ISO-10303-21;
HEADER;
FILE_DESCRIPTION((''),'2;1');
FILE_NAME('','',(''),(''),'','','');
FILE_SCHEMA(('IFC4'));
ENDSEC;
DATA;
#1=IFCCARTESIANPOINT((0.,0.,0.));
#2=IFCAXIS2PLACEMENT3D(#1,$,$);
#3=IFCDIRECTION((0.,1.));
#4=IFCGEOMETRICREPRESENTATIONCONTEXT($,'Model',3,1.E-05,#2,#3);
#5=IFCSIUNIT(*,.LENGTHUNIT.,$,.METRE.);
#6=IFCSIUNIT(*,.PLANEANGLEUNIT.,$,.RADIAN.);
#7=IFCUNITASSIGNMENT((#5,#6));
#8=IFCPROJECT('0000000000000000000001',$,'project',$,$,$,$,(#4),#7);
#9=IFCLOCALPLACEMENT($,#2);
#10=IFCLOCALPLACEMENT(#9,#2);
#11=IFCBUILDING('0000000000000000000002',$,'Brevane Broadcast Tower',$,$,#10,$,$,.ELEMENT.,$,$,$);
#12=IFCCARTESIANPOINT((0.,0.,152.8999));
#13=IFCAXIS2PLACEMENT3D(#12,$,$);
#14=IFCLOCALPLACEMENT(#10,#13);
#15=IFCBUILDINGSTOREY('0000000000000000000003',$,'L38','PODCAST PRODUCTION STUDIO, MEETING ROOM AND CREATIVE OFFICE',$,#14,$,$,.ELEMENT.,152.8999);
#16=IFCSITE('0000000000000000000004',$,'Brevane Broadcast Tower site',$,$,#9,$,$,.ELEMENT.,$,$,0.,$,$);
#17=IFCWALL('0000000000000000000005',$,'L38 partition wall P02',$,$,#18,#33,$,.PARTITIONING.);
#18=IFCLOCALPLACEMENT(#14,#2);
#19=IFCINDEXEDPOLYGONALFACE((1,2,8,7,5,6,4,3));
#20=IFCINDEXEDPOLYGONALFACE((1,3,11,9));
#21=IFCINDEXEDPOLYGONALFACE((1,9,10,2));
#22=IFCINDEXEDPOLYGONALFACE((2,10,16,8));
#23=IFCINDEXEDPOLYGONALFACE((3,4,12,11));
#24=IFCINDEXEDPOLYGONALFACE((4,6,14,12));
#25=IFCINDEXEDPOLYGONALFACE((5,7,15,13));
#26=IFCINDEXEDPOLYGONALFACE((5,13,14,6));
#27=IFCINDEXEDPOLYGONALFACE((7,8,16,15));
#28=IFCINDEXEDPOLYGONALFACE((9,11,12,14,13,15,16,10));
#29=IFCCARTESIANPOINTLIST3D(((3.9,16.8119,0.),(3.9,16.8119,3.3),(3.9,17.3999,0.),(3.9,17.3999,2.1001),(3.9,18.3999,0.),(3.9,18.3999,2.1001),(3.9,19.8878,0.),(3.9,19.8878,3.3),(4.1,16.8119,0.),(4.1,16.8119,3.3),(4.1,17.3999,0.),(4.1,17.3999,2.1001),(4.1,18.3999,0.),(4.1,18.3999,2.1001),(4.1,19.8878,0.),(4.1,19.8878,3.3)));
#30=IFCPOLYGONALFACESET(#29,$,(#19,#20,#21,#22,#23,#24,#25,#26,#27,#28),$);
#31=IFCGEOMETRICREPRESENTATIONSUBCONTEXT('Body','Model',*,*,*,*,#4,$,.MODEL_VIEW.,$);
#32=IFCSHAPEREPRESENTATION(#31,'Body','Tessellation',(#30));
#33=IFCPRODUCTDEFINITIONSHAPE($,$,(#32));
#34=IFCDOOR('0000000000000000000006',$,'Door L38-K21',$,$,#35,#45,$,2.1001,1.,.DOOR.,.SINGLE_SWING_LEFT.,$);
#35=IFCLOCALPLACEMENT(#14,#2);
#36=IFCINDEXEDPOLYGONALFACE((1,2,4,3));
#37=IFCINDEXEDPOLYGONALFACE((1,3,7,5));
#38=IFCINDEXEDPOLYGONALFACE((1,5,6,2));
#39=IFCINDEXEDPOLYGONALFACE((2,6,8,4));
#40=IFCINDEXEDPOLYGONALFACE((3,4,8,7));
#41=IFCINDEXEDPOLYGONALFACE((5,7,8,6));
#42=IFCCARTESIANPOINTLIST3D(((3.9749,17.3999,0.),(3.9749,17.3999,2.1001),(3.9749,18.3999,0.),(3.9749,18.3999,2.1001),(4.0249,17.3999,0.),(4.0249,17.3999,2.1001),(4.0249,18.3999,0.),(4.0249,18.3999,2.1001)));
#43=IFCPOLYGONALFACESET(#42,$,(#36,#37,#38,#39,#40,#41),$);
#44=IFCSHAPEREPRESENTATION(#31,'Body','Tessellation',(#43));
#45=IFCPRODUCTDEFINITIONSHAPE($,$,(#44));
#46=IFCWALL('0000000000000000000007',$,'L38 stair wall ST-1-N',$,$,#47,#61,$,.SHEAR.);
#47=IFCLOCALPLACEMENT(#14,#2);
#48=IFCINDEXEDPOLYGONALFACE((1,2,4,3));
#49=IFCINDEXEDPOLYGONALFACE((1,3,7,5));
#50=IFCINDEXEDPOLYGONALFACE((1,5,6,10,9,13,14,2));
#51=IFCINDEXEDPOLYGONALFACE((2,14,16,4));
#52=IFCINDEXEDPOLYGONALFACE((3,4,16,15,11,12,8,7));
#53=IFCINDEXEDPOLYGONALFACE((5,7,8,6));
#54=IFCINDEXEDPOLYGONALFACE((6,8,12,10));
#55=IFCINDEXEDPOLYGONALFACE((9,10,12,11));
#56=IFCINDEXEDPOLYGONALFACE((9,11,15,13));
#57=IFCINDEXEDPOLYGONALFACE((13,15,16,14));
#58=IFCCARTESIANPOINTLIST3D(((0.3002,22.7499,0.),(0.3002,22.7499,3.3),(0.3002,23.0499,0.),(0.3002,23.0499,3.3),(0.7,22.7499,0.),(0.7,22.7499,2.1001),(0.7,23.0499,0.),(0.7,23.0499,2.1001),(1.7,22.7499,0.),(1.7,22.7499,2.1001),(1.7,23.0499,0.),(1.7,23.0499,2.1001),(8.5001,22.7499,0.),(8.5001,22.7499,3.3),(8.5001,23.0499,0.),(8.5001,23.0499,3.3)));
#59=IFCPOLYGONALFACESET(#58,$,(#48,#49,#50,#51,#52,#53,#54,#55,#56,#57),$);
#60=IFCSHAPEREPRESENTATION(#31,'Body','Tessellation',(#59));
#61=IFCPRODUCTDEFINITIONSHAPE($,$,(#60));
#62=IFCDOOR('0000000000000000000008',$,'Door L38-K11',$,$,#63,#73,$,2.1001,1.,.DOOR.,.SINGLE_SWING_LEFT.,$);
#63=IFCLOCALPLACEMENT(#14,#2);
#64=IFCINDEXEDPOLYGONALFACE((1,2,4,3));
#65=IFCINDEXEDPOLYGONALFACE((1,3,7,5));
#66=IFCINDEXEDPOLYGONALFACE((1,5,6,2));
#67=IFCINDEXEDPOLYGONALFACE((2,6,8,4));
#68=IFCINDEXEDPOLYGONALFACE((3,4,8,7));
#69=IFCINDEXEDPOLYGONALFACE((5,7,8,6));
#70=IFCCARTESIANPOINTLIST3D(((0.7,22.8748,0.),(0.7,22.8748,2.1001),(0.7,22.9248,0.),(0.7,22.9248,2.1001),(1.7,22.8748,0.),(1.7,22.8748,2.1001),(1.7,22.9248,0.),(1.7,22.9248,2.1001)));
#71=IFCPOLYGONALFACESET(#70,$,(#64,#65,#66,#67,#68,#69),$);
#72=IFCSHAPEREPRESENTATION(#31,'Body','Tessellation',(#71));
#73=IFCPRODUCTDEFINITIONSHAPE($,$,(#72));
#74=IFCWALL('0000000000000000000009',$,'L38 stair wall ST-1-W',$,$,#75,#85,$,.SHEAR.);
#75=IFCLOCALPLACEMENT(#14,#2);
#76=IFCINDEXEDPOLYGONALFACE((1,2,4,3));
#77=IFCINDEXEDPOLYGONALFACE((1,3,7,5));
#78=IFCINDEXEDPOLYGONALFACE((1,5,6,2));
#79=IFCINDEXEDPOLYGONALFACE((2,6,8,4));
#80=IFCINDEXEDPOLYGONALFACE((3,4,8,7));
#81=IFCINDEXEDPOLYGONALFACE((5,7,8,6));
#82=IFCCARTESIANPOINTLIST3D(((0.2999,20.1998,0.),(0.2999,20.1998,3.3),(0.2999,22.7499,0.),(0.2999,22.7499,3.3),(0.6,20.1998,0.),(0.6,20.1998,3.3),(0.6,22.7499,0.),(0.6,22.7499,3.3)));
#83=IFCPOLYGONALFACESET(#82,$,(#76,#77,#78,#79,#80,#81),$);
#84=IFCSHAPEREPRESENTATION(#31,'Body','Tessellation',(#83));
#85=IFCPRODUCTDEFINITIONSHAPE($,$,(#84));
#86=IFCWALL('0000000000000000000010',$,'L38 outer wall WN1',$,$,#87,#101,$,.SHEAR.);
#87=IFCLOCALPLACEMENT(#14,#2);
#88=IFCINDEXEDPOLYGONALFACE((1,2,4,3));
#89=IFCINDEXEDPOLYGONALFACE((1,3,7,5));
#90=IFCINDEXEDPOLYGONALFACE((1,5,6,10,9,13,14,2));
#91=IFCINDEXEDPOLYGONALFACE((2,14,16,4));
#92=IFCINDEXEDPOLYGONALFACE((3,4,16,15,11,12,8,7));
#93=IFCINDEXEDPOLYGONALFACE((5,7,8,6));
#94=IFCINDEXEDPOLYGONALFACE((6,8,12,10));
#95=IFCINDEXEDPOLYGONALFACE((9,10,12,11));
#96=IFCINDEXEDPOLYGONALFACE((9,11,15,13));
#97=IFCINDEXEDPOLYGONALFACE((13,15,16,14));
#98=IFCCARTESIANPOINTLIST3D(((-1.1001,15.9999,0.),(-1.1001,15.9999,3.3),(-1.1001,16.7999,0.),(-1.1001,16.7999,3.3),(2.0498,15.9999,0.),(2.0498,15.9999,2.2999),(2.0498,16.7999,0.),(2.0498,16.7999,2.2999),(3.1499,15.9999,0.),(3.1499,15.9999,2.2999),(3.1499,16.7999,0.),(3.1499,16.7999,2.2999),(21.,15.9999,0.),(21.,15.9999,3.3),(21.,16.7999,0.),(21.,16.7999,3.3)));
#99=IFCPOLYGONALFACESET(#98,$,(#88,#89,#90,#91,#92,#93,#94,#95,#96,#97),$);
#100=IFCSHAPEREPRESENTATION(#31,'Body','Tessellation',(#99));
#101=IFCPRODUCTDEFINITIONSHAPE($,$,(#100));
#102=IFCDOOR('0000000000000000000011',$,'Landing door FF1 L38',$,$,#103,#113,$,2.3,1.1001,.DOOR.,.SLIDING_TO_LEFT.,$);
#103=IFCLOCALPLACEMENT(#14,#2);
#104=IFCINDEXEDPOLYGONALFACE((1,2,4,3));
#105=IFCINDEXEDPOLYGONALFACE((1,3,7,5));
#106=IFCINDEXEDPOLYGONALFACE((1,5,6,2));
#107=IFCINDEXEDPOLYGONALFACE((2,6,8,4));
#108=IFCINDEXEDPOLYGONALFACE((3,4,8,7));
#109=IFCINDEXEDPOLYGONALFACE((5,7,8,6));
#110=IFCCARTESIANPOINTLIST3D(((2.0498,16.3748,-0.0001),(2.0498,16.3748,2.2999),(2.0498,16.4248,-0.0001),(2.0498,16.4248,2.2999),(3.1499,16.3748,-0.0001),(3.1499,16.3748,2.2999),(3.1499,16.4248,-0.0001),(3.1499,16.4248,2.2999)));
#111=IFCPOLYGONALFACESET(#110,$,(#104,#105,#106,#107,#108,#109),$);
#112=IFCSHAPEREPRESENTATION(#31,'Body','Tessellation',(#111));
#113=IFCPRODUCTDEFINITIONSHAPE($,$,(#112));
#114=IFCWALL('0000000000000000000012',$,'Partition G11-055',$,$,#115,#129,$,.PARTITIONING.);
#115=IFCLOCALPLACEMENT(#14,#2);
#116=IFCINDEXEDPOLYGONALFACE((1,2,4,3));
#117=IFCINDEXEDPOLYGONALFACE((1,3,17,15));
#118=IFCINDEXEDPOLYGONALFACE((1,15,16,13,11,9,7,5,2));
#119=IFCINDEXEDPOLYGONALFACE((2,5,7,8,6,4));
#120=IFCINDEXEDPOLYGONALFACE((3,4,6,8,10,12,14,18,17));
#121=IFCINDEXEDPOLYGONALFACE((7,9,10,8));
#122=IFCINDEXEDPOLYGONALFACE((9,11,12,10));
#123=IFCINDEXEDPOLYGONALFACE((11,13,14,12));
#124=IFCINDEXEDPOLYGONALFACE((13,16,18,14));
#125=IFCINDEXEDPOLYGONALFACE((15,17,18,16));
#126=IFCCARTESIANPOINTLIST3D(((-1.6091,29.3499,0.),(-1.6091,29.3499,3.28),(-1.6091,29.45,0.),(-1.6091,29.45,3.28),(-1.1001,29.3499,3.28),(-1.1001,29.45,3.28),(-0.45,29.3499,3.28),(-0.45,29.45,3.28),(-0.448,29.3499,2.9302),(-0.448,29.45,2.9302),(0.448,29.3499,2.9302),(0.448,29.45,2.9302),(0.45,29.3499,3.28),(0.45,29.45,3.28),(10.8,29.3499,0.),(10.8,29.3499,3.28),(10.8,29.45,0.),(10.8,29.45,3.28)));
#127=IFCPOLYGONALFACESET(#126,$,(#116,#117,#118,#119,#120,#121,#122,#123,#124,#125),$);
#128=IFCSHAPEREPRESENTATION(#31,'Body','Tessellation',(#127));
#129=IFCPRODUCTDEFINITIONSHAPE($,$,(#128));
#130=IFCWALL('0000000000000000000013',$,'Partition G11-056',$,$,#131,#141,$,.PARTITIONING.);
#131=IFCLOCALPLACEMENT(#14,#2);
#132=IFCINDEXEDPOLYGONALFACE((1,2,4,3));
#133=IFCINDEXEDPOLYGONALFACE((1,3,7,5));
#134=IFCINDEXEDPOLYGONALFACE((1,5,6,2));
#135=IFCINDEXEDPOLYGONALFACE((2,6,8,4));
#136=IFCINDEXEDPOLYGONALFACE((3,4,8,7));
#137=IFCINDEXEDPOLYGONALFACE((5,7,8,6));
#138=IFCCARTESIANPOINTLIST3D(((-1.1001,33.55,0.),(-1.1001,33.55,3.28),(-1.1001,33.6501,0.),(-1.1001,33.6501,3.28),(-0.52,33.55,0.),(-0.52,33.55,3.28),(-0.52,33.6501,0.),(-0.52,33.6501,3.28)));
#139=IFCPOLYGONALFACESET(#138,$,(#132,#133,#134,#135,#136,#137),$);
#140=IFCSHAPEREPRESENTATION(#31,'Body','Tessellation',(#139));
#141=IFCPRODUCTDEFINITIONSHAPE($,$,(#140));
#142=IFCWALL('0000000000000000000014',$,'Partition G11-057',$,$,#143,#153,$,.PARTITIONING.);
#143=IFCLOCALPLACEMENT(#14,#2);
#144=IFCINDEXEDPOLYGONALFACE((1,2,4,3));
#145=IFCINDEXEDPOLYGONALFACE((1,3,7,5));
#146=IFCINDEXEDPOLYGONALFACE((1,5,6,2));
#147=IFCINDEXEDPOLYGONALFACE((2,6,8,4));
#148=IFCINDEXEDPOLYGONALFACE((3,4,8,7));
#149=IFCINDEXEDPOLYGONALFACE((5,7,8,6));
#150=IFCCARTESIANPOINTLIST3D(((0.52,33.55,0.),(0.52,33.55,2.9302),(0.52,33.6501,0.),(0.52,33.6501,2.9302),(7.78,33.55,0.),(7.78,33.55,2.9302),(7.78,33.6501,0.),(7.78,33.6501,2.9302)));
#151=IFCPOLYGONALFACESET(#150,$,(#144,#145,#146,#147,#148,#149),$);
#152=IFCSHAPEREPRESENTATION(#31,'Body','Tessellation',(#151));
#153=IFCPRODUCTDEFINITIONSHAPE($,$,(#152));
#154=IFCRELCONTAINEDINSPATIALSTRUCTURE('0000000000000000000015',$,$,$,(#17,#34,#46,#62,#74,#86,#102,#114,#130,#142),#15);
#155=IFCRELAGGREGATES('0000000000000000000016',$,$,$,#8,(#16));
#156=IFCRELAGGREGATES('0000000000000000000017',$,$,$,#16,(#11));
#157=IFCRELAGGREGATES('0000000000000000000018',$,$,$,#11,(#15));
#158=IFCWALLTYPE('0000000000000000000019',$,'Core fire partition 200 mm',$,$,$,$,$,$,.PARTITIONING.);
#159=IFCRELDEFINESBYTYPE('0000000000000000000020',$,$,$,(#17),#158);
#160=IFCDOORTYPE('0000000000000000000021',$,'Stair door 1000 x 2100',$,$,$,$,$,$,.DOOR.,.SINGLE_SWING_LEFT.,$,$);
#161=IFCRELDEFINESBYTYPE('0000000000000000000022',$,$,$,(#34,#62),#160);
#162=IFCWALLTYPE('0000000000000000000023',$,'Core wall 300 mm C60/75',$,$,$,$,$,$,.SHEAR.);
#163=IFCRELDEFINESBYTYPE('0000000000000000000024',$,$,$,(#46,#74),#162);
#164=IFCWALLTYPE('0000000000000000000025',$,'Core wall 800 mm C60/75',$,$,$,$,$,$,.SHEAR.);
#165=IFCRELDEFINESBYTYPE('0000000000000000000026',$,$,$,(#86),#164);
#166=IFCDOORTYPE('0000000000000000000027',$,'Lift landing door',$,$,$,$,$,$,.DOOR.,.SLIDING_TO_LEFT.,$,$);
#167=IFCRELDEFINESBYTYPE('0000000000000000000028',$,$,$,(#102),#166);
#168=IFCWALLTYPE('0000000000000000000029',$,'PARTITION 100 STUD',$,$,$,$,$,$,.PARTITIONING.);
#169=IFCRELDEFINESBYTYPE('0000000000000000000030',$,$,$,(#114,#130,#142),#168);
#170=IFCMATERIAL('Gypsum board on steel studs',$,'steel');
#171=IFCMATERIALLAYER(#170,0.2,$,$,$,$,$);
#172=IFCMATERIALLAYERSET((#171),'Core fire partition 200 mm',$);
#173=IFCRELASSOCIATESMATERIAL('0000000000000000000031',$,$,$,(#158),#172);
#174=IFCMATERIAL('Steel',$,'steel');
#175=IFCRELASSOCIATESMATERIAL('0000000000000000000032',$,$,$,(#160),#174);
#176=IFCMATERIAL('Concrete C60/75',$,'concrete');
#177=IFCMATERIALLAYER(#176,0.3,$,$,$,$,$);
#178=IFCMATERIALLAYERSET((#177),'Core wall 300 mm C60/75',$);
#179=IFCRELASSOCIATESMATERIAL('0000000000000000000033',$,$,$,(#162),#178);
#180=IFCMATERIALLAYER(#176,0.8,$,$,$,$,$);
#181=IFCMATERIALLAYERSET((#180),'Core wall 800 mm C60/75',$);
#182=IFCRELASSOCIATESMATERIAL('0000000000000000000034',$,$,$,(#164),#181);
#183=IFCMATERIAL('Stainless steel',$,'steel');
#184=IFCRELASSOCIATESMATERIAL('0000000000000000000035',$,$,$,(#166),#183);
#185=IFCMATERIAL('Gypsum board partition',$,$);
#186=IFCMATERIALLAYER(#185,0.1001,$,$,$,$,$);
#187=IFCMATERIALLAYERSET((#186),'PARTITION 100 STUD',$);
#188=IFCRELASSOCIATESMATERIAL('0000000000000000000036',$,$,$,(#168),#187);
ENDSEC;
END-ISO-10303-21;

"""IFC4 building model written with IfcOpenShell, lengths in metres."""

from ifc_helpers import new_model, si_unit, direction, frame, frame_2d, origin, place, context, subcontext, project, spatial, polyline, rectangle, outline, extrude, material, layer, layer_set, type_object, element, fill, save


model = new_model("IFC4")

# Units and contexts
model_context = context("Model", 3, precision=1e-05, world=origin(), true_north=direction((0.0, 1.0)))
body_context = subcontext(model_context, "Body", "Model", "MODEL_VIEW")
ifc_project = project(units=[si_unit("LENGTHUNIT", "METRE"), si_unit("PLANEANGLEUNIT", "RADIAN")], contexts=[model_context])

# Site, building, storey
site_placement = place(None, origin())
site = spatial("IfcSite", under=ifc_project, at=site_placement, Name="Brevane Broadcast Tower site", CompositionType="ELEMENT", RefElevation=0.0)
building_placement = place(site_placement, origin())
building = spatial("IfcBuilding", under=site, at=building_placement, Name="Brevane Broadcast Tower", CompositionType="ELEMENT")
storey_placement = place(building_placement, frame((0.0, 0.0, 152.8999)))
storey = spatial("IfcBuildingStorey", under=building, at=storey_placement, Name="L38", Description="PODCAST PRODUCTION STUDIO, MEETING ROOM AND CREATIVE OFFICE", CompositionType="ELEMENT", Elevation=152.8999)

# Shared definitions
ifc_material_1 = material(Name="Concrete C60/75", Category="concrete")

# Shared definitions
ifc_material_2 = material(Name="Gypsum board on steel studs", Category="steel")
ifc_layer_1 = layer(ifc_material_2, 0.2)
ifc_layer_set_1 = layer_set([ifc_layer_1], Name="Core fire partition 200 mm")
wall_type_1 = type_object("IfcWallType", Name="Core fire partition 200 mm", PredefinedType="PARTITIONING", material=ifc_layer_set_1)

# Walls, openings, doors
wall_1_placement = place(storey_placement, frame((4.0, 19.8879, 0.0), z_axis=(0.0, 0.0, 1.0), x_axis=(0.0, -1.0, 0.0)))
wall_1 = element("IfcWall", 1, at=wall_1_placement, inside=storey, type_object=wall_type_1, Name="L38 partition wall P02", PredefinedType="PARTITIONING", context=body_context, shape_type="SweptSolid", body=[
    extrude(rectangle(XDim=3.0759, YDim=0.2, at=frame_2d((1.5381, 0.0))), origin(), (0.0, 0.0, 1.0), 3.3),
])
opening_1_placement = place(wall_1_placement, frame((1.488, 0.0, 0.0)))
opening_1 = element("IfcOpeningElement", 2, at=opening_1_placement, cuts=wall_1, PredefinedType="OPENING", context=body_context, shape_type="SweptSolid", body=[
    extrude(rectangle(XDim=1.0, YDim=2.1001, at=frame_2d((0.5, 1.05))), frame((0.0, 0.1099, 0.0), z_axis=(0.0, -1.0, 0.0), x_axis=(1.0, 0.0, 0.0)), (0.0, 0.0, 1.0), 0.22),
])
ifc_material_3 = material(Name="Steel", Category="steel")
door_type_1 = type_object("IfcDoorType", Name="Stair door 1000 x 2100", OperationType="SINGLE_SWING_LEFT", PredefinedType="DOOR", material=ifc_material_3)
door_1_placement = place(opening_1_placement, origin())
door_1 = element("IfcDoor", 3, at=door_1_placement, inside=storey, type_object=door_type_1, Name="Door L38-K21", OperationType="SINGLE_SWING_LEFT", OverallHeight=2.1001, OverallWidth=1.0, PredefinedType="DOOR", context=body_context, shape_type="SweptSolid", body=[
    extrude(rectangle(XDim=1.0, YDim=2.1001, at=frame_2d((0.5, 1.05))), frame((0.0, 0.0249, 0.0), z_axis=(0.0, -1.0, 0.0), x_axis=(1.0, 0.0, 0.0)), (0.0, 0.0, 1.0), 0.05),
])
fill(opening_1, door_1)
ifc_layer_2 = layer(ifc_material_1, 0.3)
ifc_layer_set_2 = layer_set([ifc_layer_2], Name="Core wall 300 mm C60/75")
wall_type_2 = type_object("IfcWallType", Name="Core wall 300 mm C60/75", PredefinedType="SHEAR", material=ifc_layer_set_2)
wall_2_placement = place(storey_placement, frame((0.3, 22.8999, 0.0), z_axis=(0.0, 0.0, 1.0), x_axis=(1.0, 0.0, 0.0)))
wall_2 = element("IfcWall", 4, at=wall_2_placement, inside=storey, type_object=wall_type_2, Name="L38 stair wall ST-1-N", PredefinedType="SHEAR", context=body_context, shape_type="SweptSolid", body=[
    extrude(rectangle(XDim=8.2, YDim=0.3, at=frame_2d((4.1001, 0.0))), origin(), (0.0, 0.0, 1.0), 3.3),
])
opening_2_placement = place(wall_2_placement, frame((0.3999, 0.0, 0.0)))
opening_2 = element("IfcOpeningElement", 5, at=opening_2_placement, cuts=wall_2, PredefinedType="OPENING", context=body_context, shape_type="SweptSolid", body=[
    extrude(rectangle(XDim=1.0, YDim=2.1001, at=frame_2d((0.5, 1.05))), frame((0.0, 0.1599, 0.0), z_axis=(0.0, -1.0, 0.0), x_axis=(1.0, 0.0, 0.0)), (0.0, 0.0, 1.0), 0.3201),
])
door_2_placement = place(opening_2_placement, origin())
door_2 = element("IfcDoor", 6, at=door_2_placement, inside=storey, type_object=door_type_1, Name="Door L38-K11", OperationType="SINGLE_SWING_LEFT", OverallHeight=2.1001, OverallWidth=1.0, PredefinedType="DOOR", context=body_context, shape_type="SweptSolid", body=[
    extrude(rectangle(XDim=1.0, YDim=2.1001, at=frame_2d((0.5, 1.05))), frame((0.0, 0.0249, 0.0), z_axis=(0.0, -1.0, 0.0), x_axis=(1.0, 0.0, 0.0)), (0.0, 0.0, 1.0), 0.05),
])
fill(opening_2, door_2)

# Wall
wall_3_placement = place(storey_placement, frame((0.45, 20.2, 0.0), z_axis=(0.0, 0.0, 1.0), x_axis=(0.0, 1.0, 0.0)))
element("IfcWall", 7, at=wall_3_placement, inside=storey, type_object=wall_type_2, Name="L38 stair wall ST-1-W", PredefinedType="SHEAR", context=body_context, shape_type="SweptSolid", body=[
    extrude(rectangle(XDim=2.55, YDim=0.3, at=frame_2d((1.2749, 0.0))), origin(), (0.0, 0.0, 1.0), 3.3),
])

# Wall, opening, door
ifc_layer_3 = layer(ifc_material_1, 0.8)
ifc_layer_set_3 = layer_set([ifc_layer_3], Name="Core wall 800 mm C60/75")
wall_type_3 = type_object("IfcWallType", Name="Core wall 800 mm C60/75", PredefinedType="SHEAR", material=ifc_layer_set_3)
wall_4_placement = place(storey_placement, frame((-1.1001, 16.3999, 0.0), z_axis=(0.0, 0.0, 1.0), x_axis=(1.0, 0.0, 0.0)))
wall_4 = element("IfcWall", 8, at=wall_4_placement, inside=storey, type_object=wall_type_3, Name="L38 outer wall WN1", PredefinedType="SHEAR", context=body_context, shape_type="SweptSolid", body=[
    extrude(rectangle(XDim=22.1001, YDim=0.8, at=frame_2d((11.05, 0.0))), origin(), (0.0, 0.0, 1.0), 3.3),
])
opening_3_placement = place(wall_4_placement, frame((3.1499, 0.0, 0.0)))
opening_3 = element("IfcOpeningElement", 9, at=opening_3_placement, cuts=wall_4, PredefinedType="OPENING", context=body_context, shape_type="SweptSolid", body=[
    extrude(rectangle(XDim=1.1001, YDim=2.3, at=frame_2d((0.55, 1.1499))), frame((0.0, 0.4099, 0.0), z_axis=(0.0, -1.0, 0.0), x_axis=(1.0, 0.0, 0.0)), (0.0, 0.0, 1.0), 0.8201),
])
ifc_material_4 = material(Name="Stainless steel", Category="steel")
door_type_2 = type_object("IfcDoorType", Name="Lift landing door", OperationType="SLIDING_TO_LEFT", PredefinedType="DOOR", material=ifc_material_4)
door_3_placement = place(opening_3_placement, origin())
door_3 = element("IfcDoor", 10, at=door_3_placement, inside=storey, type_object=door_type_2, Name="Landing door FF1 L38", OperationType="SLIDING_TO_LEFT", OverallHeight=2.3, OverallWidth=1.1001, PredefinedType="DOOR", context=body_context, shape_type="SweptSolid", body=[
    extrude(rectangle(XDim=1.1001, YDim=2.3, at=frame_2d((0.55, 1.1499))), frame((0.0, 0.0249, 0.0), z_axis=(0.0, -1.0, 0.0), x_axis=(1.0, 0.0, 0.0)), (0.0, 0.0, 1.0), 0.05),
])
fill(opening_3, door_3)

# Walls
ifc_material_5 = material(Name="Gypsum board partition")
ifc_layer_4 = layer(ifc_material_5, 0.1001)
ifc_layer_set_4 = layer_set([ifc_layer_4], Name="PARTITION 100 STUD")
wall_type_4 = type_object("IfcWallType", Name="PARTITION 100 STUD", PredefinedType="PARTITIONING", material=ifc_layer_set_4)
wall_5_placement = place(storey_placement, frame((-1.6091, 29.3999, 0.0), z_axis=(0.0, 0.0, 1.0), x_axis=(1.0, 0.0, 0.0)))
element("IfcWall", 11, at=wall_5_placement, inside=storey, type_object=wall_type_4, Name="Partition G11-055", PredefinedType="PARTITIONING", context=body_context, shape_type="SweptSolid", body=[
    extrude(outline(polyline([(0.0, 0.0), (12.4092, 0.0), (12.4092, 3.28), (2.0591, 3.28), (2.0571, 2.9302), (1.1611, 2.9302), (1.1592, 3.28), (0.509, 3.28), (0.0, 3.28), (0.0, 0.0)])), frame((0.0, 0.05, 0.0), z_axis=(0.0, -1.0, 0.0), x_axis=(1.0, 0.0, 0.0)), (0.0, 0.0, 1.0), 0.1001),
])
wall_6_placement = place(storey_placement, frame((-1.1001, 33.6001, 0.0), z_axis=(0.0, 0.0, 1.0), x_axis=(1.0, 0.0, 0.0)))
element("IfcWall", 12, at=wall_6_placement, inside=storey, type_object=wall_type_4, Name="Partition G11-056", PredefinedType="PARTITIONING", context=body_context, shape_type="SweptSolid", body=[
    extrude(rectangle(XDim=0.5801, YDim=0.1001, at=frame_2d((0.29, 0.0))), origin(), (0.0, 0.0, 1.0), 3.28),
])
wall_7_placement = place(storey_placement, frame((0.52, 33.6001, 0.0), z_axis=(0.0, 0.0, 1.0), x_axis=(1.0, 0.0, 0.0)))
element("IfcWall", 13, at=wall_7_placement, inside=storey, type_object=wall_type_4, Name="Partition G11-057", PredefinedType="PARTITIONING", context=body_context, shape_type="SweptSolid", body=[
    extrude(outline(polyline([(0.0, 0.0), (7.26, 0.0), (7.26, 2.9302), (0.0, 2.9302), (0.0, 0.0)])), frame((0.0, 0.05, 0.0), z_axis=(0.0, -1.0, 0.0), x_axis=(1.0, 0.0, 0.0)), (0.0, 0.0, 1.0), 0.1001),
])

save(model, "model.ifc")
